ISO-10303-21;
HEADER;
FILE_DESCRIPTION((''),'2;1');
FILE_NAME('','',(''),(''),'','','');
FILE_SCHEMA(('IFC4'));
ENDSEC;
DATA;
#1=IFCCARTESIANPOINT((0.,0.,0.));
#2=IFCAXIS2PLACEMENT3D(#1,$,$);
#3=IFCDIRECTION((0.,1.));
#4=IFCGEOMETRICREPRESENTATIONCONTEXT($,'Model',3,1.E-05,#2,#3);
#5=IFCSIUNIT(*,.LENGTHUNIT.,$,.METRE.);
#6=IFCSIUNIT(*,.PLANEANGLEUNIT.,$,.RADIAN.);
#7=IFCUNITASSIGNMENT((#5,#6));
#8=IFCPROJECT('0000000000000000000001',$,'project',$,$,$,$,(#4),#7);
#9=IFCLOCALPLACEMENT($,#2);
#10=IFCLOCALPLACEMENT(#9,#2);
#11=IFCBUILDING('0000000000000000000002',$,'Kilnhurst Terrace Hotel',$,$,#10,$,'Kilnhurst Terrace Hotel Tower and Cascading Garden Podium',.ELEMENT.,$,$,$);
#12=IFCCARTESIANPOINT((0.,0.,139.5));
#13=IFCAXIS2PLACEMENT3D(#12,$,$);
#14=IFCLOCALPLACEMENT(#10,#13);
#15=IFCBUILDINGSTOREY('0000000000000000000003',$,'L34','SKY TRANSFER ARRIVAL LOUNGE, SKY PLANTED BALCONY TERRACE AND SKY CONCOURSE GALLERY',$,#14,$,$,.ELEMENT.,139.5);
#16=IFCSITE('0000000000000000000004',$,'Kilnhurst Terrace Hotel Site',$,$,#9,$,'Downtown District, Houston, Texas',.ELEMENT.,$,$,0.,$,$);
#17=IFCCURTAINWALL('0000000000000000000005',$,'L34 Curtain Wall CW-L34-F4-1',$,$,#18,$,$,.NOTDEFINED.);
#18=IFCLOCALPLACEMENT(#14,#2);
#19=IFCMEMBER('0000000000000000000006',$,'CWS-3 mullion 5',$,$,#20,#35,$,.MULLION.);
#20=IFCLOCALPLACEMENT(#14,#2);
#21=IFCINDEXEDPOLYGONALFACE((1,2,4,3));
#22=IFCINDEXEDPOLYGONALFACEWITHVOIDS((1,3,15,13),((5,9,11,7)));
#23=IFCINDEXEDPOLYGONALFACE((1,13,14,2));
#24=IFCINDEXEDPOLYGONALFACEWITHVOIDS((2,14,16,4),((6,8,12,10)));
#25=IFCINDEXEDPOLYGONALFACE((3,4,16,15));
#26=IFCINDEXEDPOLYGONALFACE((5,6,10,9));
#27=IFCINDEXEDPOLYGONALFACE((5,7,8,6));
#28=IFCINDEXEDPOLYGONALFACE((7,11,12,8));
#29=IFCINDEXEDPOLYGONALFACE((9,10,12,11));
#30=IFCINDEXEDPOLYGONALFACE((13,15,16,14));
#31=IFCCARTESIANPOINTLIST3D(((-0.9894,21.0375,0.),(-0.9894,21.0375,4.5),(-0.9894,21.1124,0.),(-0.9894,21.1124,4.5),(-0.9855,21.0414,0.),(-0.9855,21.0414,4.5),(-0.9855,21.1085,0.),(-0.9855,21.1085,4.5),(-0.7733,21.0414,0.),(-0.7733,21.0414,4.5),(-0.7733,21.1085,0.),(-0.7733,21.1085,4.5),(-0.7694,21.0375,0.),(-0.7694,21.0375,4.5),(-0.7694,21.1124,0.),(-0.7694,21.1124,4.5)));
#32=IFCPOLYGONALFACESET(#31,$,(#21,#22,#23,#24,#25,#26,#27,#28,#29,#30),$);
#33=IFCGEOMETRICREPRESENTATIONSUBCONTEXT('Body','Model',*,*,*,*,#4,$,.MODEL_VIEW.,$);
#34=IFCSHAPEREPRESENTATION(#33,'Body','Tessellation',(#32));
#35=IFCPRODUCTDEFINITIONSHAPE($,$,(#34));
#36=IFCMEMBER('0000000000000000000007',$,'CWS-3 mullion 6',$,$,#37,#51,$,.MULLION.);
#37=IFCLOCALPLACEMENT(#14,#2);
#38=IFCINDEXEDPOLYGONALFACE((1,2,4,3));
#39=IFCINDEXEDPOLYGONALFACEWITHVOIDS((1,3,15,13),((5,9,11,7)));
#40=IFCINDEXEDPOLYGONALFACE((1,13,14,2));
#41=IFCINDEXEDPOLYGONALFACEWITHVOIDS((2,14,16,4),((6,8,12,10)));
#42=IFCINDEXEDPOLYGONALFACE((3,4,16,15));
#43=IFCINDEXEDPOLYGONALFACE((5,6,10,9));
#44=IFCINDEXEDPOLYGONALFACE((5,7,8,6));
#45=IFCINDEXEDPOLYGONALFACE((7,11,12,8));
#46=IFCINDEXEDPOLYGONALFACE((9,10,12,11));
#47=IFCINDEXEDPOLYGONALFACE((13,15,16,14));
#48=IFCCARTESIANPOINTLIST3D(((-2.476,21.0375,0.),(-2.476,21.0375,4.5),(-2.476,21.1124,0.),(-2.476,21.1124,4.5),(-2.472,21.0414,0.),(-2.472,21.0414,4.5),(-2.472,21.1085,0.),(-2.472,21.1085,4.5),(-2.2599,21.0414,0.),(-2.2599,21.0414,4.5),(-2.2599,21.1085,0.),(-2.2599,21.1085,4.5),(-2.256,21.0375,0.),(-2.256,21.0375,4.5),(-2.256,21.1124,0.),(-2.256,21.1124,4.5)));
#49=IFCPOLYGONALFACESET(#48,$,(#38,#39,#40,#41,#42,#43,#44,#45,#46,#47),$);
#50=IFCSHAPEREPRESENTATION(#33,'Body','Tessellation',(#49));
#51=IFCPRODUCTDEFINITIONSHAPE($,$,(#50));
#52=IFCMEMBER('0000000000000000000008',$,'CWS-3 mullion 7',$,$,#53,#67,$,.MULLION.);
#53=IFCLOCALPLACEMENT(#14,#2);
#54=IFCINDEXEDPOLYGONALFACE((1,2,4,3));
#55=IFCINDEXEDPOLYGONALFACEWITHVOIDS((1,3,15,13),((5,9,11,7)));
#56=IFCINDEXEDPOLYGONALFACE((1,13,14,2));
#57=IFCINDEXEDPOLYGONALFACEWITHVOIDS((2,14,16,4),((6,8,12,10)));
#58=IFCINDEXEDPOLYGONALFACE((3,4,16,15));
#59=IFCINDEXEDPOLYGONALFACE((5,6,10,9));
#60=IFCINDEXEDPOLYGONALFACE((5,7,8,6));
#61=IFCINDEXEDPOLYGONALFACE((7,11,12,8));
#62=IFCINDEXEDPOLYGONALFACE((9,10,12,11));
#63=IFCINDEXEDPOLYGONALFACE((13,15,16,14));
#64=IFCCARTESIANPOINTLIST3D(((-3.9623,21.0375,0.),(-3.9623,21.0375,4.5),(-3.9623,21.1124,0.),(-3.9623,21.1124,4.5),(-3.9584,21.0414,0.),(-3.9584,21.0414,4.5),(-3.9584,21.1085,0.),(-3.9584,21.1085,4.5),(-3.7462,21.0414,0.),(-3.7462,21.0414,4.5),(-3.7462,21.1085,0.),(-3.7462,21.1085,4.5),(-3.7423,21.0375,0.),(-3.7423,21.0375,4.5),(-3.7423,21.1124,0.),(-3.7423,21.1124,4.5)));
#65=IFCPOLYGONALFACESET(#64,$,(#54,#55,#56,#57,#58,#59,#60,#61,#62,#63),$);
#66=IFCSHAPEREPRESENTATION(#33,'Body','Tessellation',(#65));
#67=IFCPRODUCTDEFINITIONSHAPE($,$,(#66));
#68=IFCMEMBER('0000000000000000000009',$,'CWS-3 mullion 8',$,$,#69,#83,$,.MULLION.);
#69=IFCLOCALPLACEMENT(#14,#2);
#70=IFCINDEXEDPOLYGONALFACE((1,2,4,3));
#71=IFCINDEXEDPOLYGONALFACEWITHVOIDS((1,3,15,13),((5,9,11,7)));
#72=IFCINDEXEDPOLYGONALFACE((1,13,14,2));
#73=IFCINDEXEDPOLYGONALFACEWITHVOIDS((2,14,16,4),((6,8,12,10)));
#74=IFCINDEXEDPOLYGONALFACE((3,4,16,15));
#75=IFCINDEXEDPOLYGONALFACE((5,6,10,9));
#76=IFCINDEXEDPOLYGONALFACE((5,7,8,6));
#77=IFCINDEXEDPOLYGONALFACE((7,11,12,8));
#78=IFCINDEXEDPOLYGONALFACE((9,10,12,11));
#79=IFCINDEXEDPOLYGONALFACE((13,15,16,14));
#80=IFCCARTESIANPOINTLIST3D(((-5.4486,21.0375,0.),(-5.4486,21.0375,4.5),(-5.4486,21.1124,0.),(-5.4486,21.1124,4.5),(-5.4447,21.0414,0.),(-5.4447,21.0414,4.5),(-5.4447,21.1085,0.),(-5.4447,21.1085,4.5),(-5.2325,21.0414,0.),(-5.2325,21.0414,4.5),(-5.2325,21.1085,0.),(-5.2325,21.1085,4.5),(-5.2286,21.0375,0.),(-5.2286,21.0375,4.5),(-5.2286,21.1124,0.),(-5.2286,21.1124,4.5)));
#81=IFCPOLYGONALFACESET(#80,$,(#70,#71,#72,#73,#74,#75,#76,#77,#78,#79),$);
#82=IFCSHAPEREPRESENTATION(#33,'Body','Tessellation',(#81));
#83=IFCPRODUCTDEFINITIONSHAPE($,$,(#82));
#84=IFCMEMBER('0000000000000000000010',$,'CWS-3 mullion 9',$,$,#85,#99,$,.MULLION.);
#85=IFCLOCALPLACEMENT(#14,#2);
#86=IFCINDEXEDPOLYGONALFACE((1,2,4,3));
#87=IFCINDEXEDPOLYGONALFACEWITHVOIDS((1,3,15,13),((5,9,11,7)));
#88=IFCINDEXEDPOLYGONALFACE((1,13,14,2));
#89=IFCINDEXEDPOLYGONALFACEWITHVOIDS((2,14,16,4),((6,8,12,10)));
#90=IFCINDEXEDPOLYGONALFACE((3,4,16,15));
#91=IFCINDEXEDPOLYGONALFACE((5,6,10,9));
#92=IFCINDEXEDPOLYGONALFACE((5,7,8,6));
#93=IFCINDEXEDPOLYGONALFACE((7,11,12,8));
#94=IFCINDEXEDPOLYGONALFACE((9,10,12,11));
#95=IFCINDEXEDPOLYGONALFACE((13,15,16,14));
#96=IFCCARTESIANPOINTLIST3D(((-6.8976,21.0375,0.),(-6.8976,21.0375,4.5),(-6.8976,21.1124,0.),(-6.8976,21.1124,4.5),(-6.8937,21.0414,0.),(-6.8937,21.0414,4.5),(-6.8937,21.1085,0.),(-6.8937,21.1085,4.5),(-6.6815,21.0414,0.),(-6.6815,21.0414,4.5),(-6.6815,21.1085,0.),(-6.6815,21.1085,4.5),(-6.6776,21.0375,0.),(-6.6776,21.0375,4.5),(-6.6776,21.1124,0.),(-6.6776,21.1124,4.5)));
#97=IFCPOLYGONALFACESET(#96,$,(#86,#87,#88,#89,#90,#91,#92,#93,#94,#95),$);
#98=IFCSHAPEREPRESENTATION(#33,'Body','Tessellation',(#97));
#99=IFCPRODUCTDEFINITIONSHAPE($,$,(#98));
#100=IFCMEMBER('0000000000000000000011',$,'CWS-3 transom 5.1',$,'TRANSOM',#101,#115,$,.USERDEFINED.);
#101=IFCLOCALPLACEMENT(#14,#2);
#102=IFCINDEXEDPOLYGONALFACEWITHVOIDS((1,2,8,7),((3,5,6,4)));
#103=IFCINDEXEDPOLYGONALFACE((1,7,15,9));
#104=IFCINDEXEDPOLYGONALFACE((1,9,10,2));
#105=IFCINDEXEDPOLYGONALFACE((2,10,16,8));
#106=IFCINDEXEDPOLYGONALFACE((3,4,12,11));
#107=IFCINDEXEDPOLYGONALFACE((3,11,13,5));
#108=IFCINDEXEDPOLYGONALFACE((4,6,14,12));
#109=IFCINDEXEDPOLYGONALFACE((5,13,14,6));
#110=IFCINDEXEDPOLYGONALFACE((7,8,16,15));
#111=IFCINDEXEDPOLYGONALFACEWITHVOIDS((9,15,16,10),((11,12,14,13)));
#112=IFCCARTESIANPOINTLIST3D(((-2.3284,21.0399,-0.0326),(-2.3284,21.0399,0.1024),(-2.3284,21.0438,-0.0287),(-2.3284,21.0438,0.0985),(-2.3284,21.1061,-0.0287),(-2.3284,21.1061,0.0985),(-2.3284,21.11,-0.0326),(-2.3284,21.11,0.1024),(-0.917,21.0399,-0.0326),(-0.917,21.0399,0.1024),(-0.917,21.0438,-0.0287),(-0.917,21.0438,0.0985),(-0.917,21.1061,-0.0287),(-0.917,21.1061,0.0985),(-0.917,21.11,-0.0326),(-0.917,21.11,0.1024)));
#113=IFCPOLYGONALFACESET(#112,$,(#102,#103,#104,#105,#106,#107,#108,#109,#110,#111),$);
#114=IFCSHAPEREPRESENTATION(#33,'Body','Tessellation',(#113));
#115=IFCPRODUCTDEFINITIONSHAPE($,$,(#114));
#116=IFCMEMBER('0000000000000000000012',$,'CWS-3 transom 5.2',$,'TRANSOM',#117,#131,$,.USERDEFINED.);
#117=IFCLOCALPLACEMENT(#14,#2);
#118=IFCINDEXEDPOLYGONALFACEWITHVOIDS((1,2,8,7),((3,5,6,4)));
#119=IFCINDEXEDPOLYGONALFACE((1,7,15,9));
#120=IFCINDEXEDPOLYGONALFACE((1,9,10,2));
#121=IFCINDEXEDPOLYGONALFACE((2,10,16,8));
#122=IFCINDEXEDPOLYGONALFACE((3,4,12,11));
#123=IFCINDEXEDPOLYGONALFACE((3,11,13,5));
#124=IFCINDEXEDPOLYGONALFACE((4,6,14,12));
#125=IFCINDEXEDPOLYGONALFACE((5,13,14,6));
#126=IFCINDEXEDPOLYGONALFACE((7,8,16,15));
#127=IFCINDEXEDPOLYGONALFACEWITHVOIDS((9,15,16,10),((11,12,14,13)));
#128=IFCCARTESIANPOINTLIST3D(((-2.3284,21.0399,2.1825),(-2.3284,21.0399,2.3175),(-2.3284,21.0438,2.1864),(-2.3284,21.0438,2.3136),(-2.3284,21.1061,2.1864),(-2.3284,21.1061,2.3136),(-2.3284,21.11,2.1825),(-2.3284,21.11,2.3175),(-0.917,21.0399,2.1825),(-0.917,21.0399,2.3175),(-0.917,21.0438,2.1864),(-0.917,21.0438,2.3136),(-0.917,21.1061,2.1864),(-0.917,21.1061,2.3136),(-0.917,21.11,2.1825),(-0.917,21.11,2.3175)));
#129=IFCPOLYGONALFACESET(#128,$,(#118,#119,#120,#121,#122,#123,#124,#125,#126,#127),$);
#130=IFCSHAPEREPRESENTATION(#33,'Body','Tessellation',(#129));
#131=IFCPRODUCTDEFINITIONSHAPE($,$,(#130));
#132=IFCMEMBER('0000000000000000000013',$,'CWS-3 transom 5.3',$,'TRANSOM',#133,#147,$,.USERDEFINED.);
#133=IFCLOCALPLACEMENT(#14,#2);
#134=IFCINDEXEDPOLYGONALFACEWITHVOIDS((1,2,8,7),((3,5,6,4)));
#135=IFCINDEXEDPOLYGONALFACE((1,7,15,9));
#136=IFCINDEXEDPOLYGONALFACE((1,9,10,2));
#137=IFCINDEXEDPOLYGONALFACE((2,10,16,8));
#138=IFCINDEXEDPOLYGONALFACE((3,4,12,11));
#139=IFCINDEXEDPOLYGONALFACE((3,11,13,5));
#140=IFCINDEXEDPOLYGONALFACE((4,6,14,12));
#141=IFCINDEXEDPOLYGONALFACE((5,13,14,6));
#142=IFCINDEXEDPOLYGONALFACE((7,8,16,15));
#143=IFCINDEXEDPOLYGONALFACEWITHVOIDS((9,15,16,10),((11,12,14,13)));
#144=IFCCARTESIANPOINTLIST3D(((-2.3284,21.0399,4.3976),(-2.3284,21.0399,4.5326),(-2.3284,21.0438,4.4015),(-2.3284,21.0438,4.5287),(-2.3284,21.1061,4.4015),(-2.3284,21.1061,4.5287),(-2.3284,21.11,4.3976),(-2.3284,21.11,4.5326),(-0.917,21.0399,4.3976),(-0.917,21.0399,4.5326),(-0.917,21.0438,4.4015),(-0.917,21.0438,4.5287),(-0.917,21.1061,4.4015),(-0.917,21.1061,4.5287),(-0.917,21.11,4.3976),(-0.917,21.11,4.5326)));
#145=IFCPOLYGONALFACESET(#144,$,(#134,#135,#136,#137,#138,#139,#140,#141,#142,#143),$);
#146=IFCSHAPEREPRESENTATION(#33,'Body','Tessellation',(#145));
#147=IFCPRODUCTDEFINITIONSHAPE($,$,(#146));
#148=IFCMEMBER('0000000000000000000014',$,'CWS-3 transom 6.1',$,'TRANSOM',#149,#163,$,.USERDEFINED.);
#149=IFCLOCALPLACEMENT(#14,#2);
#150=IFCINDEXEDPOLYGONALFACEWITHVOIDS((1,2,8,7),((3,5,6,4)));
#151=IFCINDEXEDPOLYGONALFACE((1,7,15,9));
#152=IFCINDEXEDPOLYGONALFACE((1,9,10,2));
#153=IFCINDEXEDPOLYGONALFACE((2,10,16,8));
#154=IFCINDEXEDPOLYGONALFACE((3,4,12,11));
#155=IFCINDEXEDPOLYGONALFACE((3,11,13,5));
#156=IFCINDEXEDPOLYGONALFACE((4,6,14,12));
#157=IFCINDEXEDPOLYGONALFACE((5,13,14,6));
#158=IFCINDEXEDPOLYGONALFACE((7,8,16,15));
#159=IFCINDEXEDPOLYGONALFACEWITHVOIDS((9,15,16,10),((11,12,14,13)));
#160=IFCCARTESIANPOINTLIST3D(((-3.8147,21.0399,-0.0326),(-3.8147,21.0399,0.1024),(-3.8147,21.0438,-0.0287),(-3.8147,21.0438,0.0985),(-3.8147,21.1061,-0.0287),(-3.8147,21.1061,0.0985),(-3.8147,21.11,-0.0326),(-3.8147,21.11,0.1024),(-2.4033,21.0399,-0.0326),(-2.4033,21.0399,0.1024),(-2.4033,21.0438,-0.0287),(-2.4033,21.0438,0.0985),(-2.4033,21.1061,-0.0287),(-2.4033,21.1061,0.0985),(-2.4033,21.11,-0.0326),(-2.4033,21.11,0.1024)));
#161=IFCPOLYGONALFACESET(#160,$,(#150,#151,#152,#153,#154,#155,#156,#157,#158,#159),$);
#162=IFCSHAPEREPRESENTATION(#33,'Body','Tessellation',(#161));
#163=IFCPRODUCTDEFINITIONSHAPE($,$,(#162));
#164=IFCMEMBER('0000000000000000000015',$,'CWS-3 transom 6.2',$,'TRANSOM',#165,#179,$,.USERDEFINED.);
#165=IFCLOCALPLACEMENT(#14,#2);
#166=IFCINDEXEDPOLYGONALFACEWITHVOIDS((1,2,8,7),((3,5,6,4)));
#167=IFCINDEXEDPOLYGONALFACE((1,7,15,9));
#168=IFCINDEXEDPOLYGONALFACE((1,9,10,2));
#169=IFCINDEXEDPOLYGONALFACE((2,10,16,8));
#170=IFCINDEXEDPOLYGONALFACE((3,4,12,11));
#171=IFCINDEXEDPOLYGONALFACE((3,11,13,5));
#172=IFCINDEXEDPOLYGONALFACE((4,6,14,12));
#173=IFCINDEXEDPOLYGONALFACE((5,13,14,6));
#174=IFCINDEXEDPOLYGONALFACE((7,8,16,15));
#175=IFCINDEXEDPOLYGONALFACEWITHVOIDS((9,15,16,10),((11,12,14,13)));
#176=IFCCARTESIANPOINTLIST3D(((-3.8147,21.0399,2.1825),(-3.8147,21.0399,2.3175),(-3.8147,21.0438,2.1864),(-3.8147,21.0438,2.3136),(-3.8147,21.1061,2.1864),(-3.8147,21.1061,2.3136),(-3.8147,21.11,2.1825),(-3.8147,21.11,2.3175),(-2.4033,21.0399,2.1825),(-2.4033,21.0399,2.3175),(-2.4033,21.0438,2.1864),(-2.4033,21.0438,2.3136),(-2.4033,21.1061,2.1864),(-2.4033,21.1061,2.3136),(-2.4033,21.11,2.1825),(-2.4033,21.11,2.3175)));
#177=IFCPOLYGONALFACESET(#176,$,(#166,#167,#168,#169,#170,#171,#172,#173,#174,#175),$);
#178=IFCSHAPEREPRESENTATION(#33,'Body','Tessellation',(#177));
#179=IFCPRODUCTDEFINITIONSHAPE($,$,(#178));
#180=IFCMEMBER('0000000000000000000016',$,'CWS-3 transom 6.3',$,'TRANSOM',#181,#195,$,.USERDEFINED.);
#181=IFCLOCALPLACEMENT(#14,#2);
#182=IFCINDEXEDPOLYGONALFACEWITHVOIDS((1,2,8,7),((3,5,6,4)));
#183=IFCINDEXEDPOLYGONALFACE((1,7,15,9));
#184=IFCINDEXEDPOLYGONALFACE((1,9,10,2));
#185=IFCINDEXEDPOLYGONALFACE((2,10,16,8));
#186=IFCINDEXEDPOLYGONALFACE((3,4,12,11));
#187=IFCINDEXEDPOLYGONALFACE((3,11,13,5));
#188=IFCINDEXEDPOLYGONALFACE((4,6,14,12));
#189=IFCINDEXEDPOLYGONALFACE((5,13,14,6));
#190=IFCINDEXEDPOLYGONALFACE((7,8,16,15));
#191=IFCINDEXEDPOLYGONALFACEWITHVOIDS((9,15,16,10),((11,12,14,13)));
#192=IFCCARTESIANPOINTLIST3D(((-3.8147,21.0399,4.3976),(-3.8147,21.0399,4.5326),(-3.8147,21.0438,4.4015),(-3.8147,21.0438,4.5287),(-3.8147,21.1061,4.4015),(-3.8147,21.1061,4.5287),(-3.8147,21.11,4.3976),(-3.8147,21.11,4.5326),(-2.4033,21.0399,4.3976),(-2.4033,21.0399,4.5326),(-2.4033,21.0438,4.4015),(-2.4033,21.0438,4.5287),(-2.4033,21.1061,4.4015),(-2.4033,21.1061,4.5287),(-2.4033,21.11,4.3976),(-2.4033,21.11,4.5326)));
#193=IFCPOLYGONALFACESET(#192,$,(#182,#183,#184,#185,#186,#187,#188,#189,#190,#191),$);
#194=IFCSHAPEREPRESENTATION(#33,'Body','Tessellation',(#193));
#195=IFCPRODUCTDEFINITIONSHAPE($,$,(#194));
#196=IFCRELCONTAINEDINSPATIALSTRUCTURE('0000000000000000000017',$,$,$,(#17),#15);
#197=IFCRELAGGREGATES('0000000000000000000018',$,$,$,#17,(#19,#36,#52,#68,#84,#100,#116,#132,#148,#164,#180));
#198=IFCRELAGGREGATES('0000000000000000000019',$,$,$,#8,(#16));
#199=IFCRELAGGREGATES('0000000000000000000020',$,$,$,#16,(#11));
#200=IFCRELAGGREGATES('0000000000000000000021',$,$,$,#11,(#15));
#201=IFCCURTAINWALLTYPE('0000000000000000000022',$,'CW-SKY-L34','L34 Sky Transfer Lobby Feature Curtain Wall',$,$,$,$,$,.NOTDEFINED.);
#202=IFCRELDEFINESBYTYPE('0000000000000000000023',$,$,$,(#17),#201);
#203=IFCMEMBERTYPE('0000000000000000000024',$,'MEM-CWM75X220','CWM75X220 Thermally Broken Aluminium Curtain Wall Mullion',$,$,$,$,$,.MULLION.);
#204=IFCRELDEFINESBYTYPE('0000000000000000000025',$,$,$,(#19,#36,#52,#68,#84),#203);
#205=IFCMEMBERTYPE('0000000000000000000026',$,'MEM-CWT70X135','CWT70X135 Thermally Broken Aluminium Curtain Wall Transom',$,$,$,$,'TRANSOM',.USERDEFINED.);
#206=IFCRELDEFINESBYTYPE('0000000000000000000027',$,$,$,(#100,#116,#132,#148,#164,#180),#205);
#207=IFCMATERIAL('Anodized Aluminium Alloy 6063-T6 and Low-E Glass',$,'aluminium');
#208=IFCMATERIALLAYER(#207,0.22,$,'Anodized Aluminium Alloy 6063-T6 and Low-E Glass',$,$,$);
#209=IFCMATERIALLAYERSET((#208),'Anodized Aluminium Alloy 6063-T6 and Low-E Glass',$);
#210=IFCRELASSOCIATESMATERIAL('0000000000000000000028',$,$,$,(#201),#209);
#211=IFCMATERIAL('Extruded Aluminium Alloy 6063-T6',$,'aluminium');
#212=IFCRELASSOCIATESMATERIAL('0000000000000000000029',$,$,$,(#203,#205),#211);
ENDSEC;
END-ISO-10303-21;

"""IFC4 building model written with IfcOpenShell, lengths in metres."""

from ifc_helpers import new_model, si_unit, direction, frame, origin, origin_2d, place, context, subcontext, project, spatial, hollow_rectangle, extrude, material, layer, layer_set, material_profile, profile_set, type_object, element, aggregate, save


model = new_model("IFC4")

# Units and contexts
model_context = context("Model", 3, precision=1e-05, world=origin(), true_north=direction((0.0, 1.0)))
body_context = subcontext(model_context, "Body", "Model", "MODEL_VIEW")
ifc_project = project(units=[si_unit("LENGTHUNIT", "METRE"), si_unit("PLANEANGLEUNIT", "RADIAN")], contexts=[model_context])

# Site, building, storey
site_placement = place(None, origin())
site = spatial("IfcSite", under=ifc_project, at=site_placement, Name="Kilnhurst Terrace Hotel Site", LongName="Downtown District, Houston, Texas", CompositionType="ELEMENT", RefElevation=0.0)
building_placement = place(site_placement, origin())
building = spatial("IfcBuilding", under=site, at=building_placement, Name="Kilnhurst Terrace Hotel", LongName="Kilnhurst Terrace Hotel Tower and Cascading Garden Podium", CompositionType="ELEMENT")
storey_placement = place(building_placement, frame((0.0, 0.0, 139.5)))
storey = spatial("IfcBuildingStorey", under=building, at=storey_placement, Name="L34", Description="SKY TRANSFER ARRIVAL LOUNGE, SKY PLANTED BALCONY TERRACE AND SKY CONCOURSE GALLERY", CompositionType="ELEMENT", Elevation=139.5)

# Curtain wall, members
ifc_material_1 = material(Name="Anodized Aluminium Alloy 6063-T6 and Low-E Glass", Category="aluminium")
ifc_layer_1 = layer(ifc_material_1, 0.22, Name="Anodized Aluminium Alloy 6063-T6 and Low-E Glass")
ifc_layer_set_1 = layer_set([ifc_layer_1], Name="Anodized Aluminium Alloy 6063-T6 and Low-E Glass")
curtain_wall_type = type_object("IfcCurtainWallType", Name="CW-SKY-L34", Description="L34 Sky Transfer Lobby Feature Curtain Wall", PredefinedType="NOTDEFINED", material=ifc_layer_set_1)
curtain_wall_placement = place(storey_placement, origin())
curtain_wall = element("IfcCurtainWall", 1, at=curtain_wall_placement, inside=storey, type_object=curtain_wall_type, Name="L34 Curtain Wall CW-L34-F4-1", PredefinedType="NOTDEFINED")
ifc_material_2 = material(Name="Extruded Aluminium Alloy 6063-T6", Category="aluminium")
ifc_material_profile_1 = material_profile(ifc_material_2, hollow_rectangle(XDim=0.075, YDim=0.22, WallThickness=0.0039, at=origin_2d()), Name="CWM75X220")
ifc_profile_set_1 = profile_set([ifc_material_profile_1], Name="Extruded Aluminium Alloy 6063-T6")
member_type_1 = type_object("IfcMemberType", Name="MEM-CWM75X220", Description="CWM75X220 Thermally Broken Aluminium Curtain Wall Mullion", PredefinedType="MULLION", material=ifc_profile_set_1)
member_1_placement = place(storey_placement, frame((-0.8794, 21.075, 0.0), z_axis=(0.0, 0.0, 1.0), x_axis=(0.0, -1.0, 0.0)))
member_1 = element("IfcMember", 2, at=member_1_placement, type_object=member_type_1, Name="CWS-3 mullion 5", PredefinedType="MULLION", context=body_context, shape_type="SweptSolid", body=[
    extrude(hollow_rectangle(XDim=0.075, YDim=0.22, WallThickness=0.0039, at=origin_2d()), origin(), (0.0, 0.0, 1.0), 4.5),
])
member_2_placement = place(storey_placement, frame((-2.366, 21.075, 0.0), z_axis=(0.0, 0.0, 1.0), x_axis=(0.0, -1.0, 0.0)))
member_2 = element("IfcMember", 3, at=member_2_placement, type_object=member_type_1, Name="CWS-3 mullion 6", PredefinedType="MULLION", context=body_context, shape_type="SweptSolid", body=[
    extrude(hollow_rectangle(XDim=0.075, YDim=0.22, WallThickness=0.0039, at=origin_2d()), origin(), (0.0, 0.0, 1.0), 4.5),
])
member_3_placement = place(storey_placement, frame((-3.8523, 21.075, 0.0), z_axis=(0.0, 0.0, 1.0), x_axis=(0.0, -1.0, 0.0)))
member_3 = element("IfcMember", 4, at=member_3_placement, type_object=member_type_1, Name="CWS-3 mullion 7", PredefinedType="MULLION", context=body_context, shape_type="SweptSolid", body=[
    extrude(hollow_rectangle(XDim=0.075, YDim=0.22, WallThickness=0.0039, at=origin_2d()), origin(), (0.0, 0.0, 1.0), 4.5),
])
member_4_placement = place(storey_placement, frame((-5.3386, 21.075, 0.0), z_axis=(0.0, 0.0, 1.0), x_axis=(0.0, -1.0, 0.0)))
member_4 = element("IfcMember", 5, at=member_4_placement, type_object=member_type_1, Name="CWS-3 mullion 8", PredefinedType="MULLION", context=body_context, shape_type="SweptSolid", body=[
    extrude(hollow_rectangle(XDim=0.075, YDim=0.22, WallThickness=0.0039, at=origin_2d()), origin(), (0.0, 0.0, 1.0), 4.5),
])
member_5_placement = place(storey_placement, frame((-6.7876, 21.075, 0.0), z_axis=(0.0, 0.0, 1.0), x_axis=(0.0, -1.0, 0.0)))
member_5 = element("IfcMember", 6, at=member_5_placement, type_object=member_type_1, Name="CWS-3 mullion 9", PredefinedType="MULLION", context=body_context, shape_type="SweptSolid", body=[
    extrude(hollow_rectangle(XDim=0.075, YDim=0.22, WallThickness=0.0039, at=origin_2d()), origin(), (0.0, 0.0, 1.0), 4.5),
])
ifc_material_profile_2 = material_profile(ifc_material_2, hollow_rectangle(XDim=0.0701, YDim=0.135, WallThickness=0.0039, at=origin_2d()), Name="CWT70X135")
ifc_profile_set_2 = profile_set([ifc_material_profile_2], Name="Extruded Aluminium Alloy 6063-T6")
member_type_2 = type_object("IfcMemberType", Name="MEM-CWT70X135", Description="CWT70X135 Thermally Broken Aluminium Curtain Wall Transom", ElementType="TRANSOM", PredefinedType="USERDEFINED", material=ifc_profile_set_2)
member_6_placement = place(storey_placement, frame((-0.917, 21.075, 0.0349), z_axis=(-1.0, 0.0, 0.0), x_axis=(0.0, -1.0, 0.0)))
member_6 = element("IfcMember", 7, at=member_6_placement, type_object=member_type_2, Name="CWS-3 transom 5.1", ObjectType="TRANSOM", PredefinedType="USERDEFINED", context=body_context, shape_type="SweptSolid", body=[
    extrude(hollow_rectangle(XDim=0.0701, YDim=0.135, WallThickness=0.0039, at=origin_2d()), origin(), (0.0, 0.0, 1.0), 1.4114),
])
member_7_placement = place(storey_placement, frame((-0.917, 21.075, 2.25), z_axis=(-1.0, 0.0, 0.0), x_axis=(0.0, -1.0, 0.0)))
member_7 = element("IfcMember", 8, at=member_7_placement, type_object=member_type_2, Name="CWS-3 transom 5.2", ObjectType="TRANSOM", PredefinedType="USERDEFINED", context=body_context, shape_type="SweptSolid", body=[
    extrude(hollow_rectangle(XDim=0.0701, YDim=0.135, WallThickness=0.0039, at=origin_2d()), origin(), (0.0, 0.0, 1.0), 1.4114),
])
member_8_placement = place(storey_placement, frame((-0.917, 21.075, 4.4651), z_axis=(-1.0, 0.0, 0.0), x_axis=(0.0, -1.0, 0.0)))
member_8 = element("IfcMember", 9, at=member_8_placement, type_object=member_type_2, Name="CWS-3 transom 5.3", ObjectType="TRANSOM", PredefinedType="USERDEFINED", context=body_context, shape_type="SweptSolid", body=[
    extrude(hollow_rectangle(XDim=0.0701, YDim=0.135, WallThickness=0.0039, at=origin_2d()), origin(), (0.0, 0.0, 1.0), 1.4114),
])
member_9_placement = place(storey_placement, frame((-2.4033, 21.075, 0.0349), z_axis=(-1.0, 0.0, 0.0), x_axis=(0.0, -1.0, 0.0)))
member_9 = element("IfcMember", 10, at=member_9_placement, type_object=member_type_2, Name="CWS-3 transom 6.1", ObjectType="TRANSOM", PredefinedType="USERDEFINED", context=body_context, shape_type="SweptSolid", body=[
    extrude(hollow_rectangle(XDim=0.0701, YDim=0.135, WallThickness=0.0039, at=origin_2d()), origin(), (0.0, 0.0, 1.0), 1.4114),
])
member_10_placement = place(storey_placement, frame((-2.4033, 21.075, 2.25), z_axis=(-1.0, 0.0, 0.0), x_axis=(0.0, -1.0, 0.0)))
member_10 = element("IfcMember", 11, at=member_10_placement, type_object=member_type_2, Name="CWS-3 transom 6.2", ObjectType="TRANSOM", PredefinedType="USERDEFINED", context=body_context, shape_type="SweptSolid", body=[
    extrude(hollow_rectangle(XDim=0.0701, YDim=0.135, WallThickness=0.0039, at=origin_2d()), origin(), (0.0, 0.0, 1.0), 1.4114),
])
member_11_placement = place(storey_placement, frame((-2.4033, 21.075, 4.4651), z_axis=(-1.0, 0.0, 0.0), x_axis=(0.0, -1.0, 0.0)))
member_11 = element("IfcMember", 12, at=member_11_placement, type_object=member_type_2, Name="CWS-3 transom 6.3", ObjectType="TRANSOM", PredefinedType="USERDEFINED", context=body_context, shape_type="SweptSolid", body=[
    extrude(hollow_rectangle(XDim=0.0701, YDim=0.135, WallThickness=0.0039, at=origin_2d()), origin(), (0.0, 0.0, 1.0), 1.4114),
])
aggregate(curtain_wall, [member_1, member_2, member_3, member_4, member_5, member_6, member_7, member_8, member_9, member_10, member_11])

save(model, "model.ifc")
